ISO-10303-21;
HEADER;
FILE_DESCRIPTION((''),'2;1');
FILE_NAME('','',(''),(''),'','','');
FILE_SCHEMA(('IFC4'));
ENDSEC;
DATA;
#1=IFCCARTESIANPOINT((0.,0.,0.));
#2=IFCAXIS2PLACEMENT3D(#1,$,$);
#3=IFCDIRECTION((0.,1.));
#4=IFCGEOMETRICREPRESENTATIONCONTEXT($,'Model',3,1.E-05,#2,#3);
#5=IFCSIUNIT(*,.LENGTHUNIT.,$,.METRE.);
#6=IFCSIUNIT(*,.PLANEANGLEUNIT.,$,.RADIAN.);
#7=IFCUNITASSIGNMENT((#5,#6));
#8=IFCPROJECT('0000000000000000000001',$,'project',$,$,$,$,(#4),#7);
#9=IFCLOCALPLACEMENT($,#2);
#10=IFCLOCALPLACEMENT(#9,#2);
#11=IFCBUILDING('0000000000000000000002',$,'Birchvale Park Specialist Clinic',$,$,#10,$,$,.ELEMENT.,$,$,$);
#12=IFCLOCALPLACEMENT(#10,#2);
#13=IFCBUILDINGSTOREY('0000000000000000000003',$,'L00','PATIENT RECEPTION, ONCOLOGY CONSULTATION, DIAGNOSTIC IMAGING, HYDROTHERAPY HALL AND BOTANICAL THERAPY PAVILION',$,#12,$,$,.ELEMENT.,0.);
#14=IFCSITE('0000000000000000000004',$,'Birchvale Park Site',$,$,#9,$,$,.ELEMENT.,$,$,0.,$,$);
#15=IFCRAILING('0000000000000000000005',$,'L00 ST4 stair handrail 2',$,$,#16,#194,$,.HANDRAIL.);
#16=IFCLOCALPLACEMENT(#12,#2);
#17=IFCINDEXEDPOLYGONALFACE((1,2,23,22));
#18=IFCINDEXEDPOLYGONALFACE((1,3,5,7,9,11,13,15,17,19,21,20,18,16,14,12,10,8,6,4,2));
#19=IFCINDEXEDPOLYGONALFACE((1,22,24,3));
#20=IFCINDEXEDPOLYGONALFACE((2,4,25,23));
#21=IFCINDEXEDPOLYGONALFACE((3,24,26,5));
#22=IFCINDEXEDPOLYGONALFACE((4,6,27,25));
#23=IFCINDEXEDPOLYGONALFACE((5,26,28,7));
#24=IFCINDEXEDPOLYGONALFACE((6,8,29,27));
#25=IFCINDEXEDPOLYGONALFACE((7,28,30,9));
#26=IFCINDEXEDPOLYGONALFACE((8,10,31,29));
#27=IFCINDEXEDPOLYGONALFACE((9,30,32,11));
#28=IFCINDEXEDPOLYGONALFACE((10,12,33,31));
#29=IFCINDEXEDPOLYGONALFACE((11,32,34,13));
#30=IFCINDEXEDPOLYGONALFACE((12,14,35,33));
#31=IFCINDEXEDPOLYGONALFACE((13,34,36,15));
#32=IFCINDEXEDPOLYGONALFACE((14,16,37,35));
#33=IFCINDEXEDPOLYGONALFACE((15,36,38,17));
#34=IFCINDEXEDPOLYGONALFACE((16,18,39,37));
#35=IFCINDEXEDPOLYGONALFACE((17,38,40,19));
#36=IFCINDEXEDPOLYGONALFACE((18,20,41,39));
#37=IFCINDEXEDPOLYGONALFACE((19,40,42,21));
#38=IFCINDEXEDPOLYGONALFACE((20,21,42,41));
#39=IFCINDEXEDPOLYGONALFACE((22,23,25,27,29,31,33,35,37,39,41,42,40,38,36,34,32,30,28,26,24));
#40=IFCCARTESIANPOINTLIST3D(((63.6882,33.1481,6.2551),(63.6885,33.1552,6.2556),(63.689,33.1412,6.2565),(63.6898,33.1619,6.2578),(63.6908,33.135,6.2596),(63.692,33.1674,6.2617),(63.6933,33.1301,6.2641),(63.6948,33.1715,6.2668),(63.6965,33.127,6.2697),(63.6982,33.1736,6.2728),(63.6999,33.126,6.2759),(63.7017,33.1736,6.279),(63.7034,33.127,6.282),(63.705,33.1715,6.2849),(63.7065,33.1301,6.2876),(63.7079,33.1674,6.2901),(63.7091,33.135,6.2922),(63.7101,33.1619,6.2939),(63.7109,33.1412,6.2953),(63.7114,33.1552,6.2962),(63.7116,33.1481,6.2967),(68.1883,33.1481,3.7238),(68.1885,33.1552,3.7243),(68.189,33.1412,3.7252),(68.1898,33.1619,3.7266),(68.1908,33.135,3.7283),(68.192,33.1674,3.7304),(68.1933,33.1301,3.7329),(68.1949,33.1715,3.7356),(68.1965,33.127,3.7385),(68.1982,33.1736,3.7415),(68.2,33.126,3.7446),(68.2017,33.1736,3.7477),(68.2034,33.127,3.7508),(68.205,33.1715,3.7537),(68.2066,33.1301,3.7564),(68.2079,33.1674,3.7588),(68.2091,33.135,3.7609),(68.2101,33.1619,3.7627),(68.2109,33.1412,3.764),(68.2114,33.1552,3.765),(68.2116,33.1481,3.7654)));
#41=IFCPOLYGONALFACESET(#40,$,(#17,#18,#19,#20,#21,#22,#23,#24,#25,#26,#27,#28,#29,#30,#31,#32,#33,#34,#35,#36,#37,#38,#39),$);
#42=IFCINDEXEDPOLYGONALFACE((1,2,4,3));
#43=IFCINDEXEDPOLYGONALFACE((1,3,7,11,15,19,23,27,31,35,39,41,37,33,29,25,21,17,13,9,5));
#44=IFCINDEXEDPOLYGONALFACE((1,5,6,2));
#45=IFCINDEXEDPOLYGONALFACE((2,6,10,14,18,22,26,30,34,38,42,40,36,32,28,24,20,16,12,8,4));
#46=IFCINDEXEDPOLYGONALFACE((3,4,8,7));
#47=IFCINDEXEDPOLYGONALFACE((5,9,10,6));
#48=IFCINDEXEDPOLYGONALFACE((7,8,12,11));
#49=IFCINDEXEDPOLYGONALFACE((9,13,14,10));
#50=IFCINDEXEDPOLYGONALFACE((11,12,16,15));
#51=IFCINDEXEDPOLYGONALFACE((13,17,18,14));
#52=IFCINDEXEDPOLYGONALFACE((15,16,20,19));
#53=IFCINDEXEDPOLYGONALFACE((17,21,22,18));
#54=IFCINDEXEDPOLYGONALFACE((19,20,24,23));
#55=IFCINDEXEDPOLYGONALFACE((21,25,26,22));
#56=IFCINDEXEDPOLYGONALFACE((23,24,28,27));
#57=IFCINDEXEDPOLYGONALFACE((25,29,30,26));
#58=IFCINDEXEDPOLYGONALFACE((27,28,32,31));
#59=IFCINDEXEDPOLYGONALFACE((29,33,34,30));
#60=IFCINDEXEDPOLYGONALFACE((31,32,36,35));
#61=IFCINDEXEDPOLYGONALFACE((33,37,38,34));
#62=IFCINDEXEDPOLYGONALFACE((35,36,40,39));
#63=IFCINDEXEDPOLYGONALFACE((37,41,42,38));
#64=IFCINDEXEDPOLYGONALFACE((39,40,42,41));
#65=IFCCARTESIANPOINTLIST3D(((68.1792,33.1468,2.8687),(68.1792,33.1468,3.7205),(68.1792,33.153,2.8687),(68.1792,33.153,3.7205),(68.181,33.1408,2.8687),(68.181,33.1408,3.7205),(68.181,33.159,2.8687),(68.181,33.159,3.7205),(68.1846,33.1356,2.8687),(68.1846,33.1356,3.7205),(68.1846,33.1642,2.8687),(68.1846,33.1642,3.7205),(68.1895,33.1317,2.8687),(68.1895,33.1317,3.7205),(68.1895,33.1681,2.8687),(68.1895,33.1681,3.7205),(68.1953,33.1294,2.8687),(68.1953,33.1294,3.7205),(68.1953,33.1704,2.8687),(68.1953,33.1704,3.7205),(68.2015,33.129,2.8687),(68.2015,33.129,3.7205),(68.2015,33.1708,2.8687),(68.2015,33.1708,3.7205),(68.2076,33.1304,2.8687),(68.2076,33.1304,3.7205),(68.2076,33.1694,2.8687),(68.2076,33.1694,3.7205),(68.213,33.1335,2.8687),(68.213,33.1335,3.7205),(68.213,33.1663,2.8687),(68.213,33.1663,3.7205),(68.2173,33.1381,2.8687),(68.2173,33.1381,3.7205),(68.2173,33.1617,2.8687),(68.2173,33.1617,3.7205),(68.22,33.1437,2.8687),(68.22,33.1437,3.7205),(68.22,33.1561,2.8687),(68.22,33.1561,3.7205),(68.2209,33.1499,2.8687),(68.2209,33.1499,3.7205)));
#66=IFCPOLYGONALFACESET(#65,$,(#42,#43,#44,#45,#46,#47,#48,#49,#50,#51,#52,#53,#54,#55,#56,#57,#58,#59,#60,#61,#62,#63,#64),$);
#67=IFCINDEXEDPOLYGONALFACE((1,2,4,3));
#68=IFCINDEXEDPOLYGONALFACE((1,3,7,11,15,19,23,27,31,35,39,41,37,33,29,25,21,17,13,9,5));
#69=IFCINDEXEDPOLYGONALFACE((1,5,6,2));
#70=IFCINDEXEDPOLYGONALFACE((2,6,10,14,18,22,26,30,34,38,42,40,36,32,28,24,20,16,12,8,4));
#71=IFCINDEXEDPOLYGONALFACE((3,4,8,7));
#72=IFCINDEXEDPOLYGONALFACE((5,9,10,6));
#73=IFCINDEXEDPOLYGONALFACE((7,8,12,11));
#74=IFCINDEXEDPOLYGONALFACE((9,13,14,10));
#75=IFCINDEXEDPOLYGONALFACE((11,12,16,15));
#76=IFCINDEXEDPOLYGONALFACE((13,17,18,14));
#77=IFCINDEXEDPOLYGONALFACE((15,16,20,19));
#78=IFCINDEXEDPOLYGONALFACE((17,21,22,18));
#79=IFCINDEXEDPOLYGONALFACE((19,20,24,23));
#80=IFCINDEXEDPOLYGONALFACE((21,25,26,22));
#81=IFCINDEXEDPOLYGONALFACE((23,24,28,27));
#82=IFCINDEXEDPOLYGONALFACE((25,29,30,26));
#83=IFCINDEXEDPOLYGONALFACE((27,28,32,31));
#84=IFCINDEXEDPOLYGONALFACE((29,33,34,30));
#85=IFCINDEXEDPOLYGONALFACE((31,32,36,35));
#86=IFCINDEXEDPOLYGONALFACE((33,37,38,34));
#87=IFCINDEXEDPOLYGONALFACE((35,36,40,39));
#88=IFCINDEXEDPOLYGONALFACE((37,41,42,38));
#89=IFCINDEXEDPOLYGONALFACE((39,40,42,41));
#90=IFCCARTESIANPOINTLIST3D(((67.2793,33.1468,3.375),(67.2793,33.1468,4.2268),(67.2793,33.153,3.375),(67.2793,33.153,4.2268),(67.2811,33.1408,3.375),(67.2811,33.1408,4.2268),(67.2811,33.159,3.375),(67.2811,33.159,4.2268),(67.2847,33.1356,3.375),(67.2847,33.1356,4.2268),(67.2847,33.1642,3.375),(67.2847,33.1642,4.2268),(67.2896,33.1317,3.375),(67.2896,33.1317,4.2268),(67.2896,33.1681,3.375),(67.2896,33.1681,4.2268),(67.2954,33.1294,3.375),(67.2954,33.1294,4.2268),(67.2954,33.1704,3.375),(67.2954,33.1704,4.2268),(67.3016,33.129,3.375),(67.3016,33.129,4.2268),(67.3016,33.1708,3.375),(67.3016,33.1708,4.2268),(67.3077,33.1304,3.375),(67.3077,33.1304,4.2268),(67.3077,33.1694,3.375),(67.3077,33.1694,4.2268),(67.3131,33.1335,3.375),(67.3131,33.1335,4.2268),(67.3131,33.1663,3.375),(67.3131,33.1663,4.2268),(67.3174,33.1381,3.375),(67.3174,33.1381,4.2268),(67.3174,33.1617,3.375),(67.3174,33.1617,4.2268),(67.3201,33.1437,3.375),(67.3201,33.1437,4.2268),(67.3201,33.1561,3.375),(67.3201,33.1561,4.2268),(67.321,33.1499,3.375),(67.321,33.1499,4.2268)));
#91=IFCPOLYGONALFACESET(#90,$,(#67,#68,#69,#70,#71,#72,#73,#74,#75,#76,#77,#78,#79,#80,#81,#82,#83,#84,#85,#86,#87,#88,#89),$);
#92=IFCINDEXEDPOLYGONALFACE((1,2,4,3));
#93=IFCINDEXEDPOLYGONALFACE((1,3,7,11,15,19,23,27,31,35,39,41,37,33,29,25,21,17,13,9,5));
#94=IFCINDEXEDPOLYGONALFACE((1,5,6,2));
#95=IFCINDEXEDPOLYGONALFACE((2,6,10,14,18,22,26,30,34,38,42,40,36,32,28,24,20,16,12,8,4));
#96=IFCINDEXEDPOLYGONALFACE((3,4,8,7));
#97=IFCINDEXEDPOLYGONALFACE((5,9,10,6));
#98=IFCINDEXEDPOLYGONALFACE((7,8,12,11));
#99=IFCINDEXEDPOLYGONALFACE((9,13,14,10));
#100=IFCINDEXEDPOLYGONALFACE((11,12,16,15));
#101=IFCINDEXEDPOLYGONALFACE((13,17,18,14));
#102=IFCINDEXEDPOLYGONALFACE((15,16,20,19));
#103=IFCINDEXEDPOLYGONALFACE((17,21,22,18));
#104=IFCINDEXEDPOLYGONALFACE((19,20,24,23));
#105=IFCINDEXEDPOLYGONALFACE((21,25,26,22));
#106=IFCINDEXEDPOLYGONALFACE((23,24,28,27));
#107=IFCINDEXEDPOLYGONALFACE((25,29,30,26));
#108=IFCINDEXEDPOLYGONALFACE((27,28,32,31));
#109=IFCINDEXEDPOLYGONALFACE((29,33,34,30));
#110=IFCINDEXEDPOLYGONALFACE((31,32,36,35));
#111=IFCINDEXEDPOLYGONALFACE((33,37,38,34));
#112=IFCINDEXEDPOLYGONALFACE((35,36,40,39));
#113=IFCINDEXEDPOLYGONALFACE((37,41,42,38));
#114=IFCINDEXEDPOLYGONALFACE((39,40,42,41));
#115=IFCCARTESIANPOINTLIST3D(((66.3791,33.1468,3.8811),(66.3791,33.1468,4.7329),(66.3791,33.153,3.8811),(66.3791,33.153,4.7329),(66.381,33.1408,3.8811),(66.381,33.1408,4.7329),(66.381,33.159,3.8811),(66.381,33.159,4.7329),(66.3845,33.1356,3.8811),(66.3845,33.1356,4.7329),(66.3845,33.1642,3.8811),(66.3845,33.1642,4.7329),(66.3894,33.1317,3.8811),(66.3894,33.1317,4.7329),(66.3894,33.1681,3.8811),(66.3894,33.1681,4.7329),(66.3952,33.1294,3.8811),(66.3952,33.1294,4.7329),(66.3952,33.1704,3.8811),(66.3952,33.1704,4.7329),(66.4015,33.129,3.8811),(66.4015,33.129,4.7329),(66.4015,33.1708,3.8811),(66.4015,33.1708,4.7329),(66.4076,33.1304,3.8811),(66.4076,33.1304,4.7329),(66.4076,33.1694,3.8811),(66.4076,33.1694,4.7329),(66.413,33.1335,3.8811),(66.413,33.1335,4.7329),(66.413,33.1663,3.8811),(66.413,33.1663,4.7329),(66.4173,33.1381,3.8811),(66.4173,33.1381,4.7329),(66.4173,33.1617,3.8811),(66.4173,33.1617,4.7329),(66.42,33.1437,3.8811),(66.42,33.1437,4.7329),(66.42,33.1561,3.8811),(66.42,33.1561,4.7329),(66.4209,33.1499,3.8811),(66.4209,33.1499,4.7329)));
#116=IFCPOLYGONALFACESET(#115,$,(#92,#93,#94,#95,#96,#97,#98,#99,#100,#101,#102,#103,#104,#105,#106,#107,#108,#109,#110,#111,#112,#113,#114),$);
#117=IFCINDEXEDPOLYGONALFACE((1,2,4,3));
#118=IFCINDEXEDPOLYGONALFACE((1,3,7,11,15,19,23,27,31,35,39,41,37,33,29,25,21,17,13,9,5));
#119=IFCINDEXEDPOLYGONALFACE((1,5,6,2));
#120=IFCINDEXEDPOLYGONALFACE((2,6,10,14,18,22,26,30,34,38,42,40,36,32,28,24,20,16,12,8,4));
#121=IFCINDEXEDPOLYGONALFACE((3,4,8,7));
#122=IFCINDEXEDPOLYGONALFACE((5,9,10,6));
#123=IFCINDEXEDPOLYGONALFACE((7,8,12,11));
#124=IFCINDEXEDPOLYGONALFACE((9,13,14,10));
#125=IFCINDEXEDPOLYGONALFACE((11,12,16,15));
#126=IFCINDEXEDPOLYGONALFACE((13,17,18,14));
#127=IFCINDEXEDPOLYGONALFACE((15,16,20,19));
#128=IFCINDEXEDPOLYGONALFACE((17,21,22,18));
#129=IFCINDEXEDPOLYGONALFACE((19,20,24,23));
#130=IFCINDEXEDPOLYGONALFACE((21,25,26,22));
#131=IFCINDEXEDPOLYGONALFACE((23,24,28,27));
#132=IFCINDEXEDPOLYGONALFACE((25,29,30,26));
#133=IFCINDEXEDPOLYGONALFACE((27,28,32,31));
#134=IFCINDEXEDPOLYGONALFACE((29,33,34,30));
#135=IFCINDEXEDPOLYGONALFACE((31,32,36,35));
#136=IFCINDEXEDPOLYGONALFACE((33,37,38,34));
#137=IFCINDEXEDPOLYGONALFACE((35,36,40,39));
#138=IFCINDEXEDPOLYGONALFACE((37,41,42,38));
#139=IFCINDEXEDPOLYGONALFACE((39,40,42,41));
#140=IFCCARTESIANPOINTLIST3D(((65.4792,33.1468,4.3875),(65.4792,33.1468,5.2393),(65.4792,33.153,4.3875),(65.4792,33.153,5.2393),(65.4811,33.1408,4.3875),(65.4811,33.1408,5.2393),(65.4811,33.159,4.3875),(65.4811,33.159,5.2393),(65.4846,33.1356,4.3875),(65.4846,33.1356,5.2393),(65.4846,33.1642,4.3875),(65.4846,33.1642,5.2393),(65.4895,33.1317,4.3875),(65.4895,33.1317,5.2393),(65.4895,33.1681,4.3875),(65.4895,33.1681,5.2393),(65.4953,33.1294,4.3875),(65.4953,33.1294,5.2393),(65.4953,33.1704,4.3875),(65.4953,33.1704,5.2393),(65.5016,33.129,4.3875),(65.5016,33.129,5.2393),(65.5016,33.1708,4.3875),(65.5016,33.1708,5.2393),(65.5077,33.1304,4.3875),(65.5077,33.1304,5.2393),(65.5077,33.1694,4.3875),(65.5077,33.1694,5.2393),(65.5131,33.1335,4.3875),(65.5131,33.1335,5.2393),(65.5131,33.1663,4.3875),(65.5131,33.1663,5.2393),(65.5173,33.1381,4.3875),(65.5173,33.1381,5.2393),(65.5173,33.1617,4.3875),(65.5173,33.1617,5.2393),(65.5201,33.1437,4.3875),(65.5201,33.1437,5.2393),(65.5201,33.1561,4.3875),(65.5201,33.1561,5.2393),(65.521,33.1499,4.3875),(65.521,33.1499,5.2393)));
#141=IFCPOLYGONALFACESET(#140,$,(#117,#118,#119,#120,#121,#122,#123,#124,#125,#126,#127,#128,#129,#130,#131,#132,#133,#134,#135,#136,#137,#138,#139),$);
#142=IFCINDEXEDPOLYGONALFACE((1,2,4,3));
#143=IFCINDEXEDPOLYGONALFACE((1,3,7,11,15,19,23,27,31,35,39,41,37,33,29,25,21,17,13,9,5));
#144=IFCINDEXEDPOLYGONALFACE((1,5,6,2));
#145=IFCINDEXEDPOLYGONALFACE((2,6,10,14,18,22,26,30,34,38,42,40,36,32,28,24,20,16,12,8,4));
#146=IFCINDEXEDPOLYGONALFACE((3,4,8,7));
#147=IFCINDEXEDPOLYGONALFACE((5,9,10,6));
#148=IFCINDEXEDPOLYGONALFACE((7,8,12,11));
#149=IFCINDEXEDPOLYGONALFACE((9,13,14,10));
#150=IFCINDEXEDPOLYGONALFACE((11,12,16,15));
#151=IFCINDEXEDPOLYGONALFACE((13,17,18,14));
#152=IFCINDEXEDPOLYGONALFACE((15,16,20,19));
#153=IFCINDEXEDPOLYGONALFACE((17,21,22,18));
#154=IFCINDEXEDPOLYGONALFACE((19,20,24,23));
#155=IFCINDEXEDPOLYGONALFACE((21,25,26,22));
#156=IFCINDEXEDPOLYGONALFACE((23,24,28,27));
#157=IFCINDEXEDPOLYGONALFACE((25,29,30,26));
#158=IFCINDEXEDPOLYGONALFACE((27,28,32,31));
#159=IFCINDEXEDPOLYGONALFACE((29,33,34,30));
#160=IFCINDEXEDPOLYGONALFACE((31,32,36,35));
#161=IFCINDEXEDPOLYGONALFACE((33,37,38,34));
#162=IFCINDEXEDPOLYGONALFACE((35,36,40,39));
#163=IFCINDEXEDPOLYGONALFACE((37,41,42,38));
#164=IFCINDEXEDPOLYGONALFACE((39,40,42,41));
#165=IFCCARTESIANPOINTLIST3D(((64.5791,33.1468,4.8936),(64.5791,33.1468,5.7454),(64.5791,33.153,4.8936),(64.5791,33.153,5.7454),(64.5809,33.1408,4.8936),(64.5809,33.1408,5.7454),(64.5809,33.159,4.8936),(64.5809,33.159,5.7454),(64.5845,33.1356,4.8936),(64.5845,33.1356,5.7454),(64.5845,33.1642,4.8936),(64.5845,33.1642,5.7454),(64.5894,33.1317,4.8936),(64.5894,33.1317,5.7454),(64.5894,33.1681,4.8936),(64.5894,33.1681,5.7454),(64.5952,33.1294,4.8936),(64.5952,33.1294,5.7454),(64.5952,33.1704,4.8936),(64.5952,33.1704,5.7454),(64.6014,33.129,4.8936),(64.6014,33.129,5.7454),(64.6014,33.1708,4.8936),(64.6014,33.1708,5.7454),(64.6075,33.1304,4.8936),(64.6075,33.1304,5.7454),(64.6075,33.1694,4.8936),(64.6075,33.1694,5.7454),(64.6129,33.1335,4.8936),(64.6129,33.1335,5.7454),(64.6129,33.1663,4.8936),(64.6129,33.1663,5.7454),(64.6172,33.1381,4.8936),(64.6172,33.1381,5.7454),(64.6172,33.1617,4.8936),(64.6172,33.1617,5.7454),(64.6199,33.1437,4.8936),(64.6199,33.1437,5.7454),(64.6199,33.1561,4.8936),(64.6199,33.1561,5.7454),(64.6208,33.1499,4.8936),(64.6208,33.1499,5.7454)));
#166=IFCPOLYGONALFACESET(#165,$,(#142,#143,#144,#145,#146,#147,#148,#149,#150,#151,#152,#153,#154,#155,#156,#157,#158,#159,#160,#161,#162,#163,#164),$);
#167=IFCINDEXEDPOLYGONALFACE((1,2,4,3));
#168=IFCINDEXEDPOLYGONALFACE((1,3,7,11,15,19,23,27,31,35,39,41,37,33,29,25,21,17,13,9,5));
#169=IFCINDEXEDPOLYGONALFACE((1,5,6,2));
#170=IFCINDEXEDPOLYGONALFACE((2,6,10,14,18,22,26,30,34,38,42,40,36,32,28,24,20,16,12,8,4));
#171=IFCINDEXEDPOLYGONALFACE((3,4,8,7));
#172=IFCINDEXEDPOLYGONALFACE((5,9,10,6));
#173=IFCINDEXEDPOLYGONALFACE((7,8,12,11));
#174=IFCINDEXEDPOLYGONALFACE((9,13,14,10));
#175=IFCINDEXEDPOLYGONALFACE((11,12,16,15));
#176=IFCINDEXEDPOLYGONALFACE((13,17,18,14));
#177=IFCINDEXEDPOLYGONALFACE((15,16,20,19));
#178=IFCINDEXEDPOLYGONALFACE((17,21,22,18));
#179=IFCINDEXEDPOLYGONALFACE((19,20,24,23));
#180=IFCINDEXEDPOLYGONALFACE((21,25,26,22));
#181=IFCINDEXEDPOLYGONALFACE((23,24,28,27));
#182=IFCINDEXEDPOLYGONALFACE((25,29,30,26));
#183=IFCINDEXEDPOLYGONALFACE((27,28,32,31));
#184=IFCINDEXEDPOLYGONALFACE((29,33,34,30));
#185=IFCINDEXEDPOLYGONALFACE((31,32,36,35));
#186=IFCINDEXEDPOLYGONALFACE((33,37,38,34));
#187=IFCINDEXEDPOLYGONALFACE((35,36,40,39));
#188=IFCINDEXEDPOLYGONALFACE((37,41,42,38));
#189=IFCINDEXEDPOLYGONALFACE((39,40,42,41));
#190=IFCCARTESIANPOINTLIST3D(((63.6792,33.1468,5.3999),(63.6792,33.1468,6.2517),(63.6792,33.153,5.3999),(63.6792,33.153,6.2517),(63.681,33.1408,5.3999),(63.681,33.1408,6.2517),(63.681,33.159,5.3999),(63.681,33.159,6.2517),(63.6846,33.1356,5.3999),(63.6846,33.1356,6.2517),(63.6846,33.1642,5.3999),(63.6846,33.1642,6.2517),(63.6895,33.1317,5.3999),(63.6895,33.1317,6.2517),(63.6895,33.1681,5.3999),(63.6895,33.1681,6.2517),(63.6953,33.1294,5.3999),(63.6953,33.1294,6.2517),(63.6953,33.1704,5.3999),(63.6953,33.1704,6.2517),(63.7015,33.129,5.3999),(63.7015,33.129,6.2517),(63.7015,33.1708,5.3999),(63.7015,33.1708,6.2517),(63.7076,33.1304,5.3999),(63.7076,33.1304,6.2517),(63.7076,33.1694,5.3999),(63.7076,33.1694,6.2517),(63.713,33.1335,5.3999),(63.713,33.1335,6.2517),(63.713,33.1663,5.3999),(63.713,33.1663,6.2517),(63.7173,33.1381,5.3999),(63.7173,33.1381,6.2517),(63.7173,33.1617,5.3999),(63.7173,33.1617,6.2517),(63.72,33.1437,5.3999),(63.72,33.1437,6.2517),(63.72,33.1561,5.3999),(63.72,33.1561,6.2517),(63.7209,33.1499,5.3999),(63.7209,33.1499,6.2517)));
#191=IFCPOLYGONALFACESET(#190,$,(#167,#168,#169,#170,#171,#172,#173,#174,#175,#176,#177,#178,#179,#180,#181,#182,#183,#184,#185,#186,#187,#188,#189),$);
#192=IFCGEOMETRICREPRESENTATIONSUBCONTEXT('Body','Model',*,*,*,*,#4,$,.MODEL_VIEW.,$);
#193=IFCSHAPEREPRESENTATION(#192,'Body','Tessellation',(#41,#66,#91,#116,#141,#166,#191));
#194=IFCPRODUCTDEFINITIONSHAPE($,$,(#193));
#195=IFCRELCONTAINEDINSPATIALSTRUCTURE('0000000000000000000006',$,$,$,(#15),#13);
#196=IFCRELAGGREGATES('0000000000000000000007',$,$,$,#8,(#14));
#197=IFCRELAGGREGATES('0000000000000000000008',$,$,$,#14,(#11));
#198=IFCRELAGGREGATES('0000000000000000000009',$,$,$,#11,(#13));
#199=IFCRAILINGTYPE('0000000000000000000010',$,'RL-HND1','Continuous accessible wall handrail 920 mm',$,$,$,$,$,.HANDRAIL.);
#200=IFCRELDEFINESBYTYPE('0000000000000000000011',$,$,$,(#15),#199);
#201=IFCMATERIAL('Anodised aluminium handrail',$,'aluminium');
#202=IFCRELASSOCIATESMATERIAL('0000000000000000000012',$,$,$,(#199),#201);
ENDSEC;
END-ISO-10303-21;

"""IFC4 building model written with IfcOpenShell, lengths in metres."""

from ifc_helpers import new_model, si_unit, direction, frame, origin, origin_2d, place, context, subcontext, project, spatial, circle, extrude, material, type_object, element, save


model = new_model("IFC4")

# Units and contexts
model_context = context("Model", 3, precision=1e-05, world=origin(), true_north=direction((0.0, 1.0)))
body_context = subcontext(model_context, "Body", "Model", "MODEL_VIEW")
ifc_project = project(units=[si_unit("LENGTHUNIT", "METRE"), si_unit("PLANEANGLEUNIT", "RADIAN")], contexts=[model_context])

# Site, building, storey
site_placement = place(None, origin())
site = spatial("IfcSite", under=ifc_project, at=site_placement, Name="Birchvale Park Site", CompositionType="ELEMENT", RefElevation=0.0)
building_placement = place(site_placement, origin())
building = spatial("IfcBuilding", under=site, at=building_placement, Name="Birchvale Park Specialist Clinic", CompositionType="ELEMENT")
storey_placement = place(building_placement, origin())
storey = spatial("IfcBuildingStorey", under=building, at=storey_placement, Name="L00", Description="PATIENT RECEPTION, ONCOLOGY CONSULTATION, DIAGNOSTIC IMAGING, HYDROTHERAPY HALL AND BOTANICAL THERAPY PAVILION", CompositionType="ELEMENT", Elevation=0.0)

# Railing
ifc_material_1 = material(Name="Anodised aluminium handrail", Category="aluminium")
railing_type_1 = type_object("IfcRailingType", Name="RL-HND1", Description="Continuous accessible wall handrail 920 mm", PredefinedType="HANDRAIL", material=ifc_material_1)
for number, where, name in (
    (1, (68.2, 33.1499, 2.8687), "L00 ST4 stair handrail 2"),
):
    element("IfcRailing", number, at=place(storey_placement, frame(where)), inside=storey, type_object=railing_type_1, Name=name, PredefinedType="HANDRAIL", context=body_context, shape_type="SweptSolid", body=[
        extrude(circle(Radius=0.0239, at=origin_2d()), frame((0.0, 0.0, 0.876), z_axis=(-0.871576, 0.0, 0.490261), x_axis=(0.0, -1.0, 0.0)), (0.0, 0.0, 1.0), 5.1631),
        extrude(circle(Radius=0.021, at=origin_2d()), origin(), (0.0, 0.0, 1.0), 0.8518),
        extrude(circle(Radius=0.021, at=origin_2d()), frame((-0.8999, 0.0, 0.5063)), (0.0, 0.0, 1.0), 0.8518),
        extrude(circle(Radius=0.021, at=origin_2d()), frame((-1.8, 0.0, 1.0125)), (0.0, 0.0, 1.0), 0.8518),
        extrude(circle(Radius=0.021, at=origin_2d()), frame((-2.7, 0.0, 1.5188)), (0.0, 0.0, 1.0), 0.8518),
        extrude(circle(Radius=0.021, at=origin_2d()), frame((-3.6001, 0.0, 2.0249)), (0.0, 0.0, 1.0), 0.8518),
        extrude(circle(Radius=0.021, at=origin_2d()), frame((-4.5, 0.0, 2.5312)), (0.0, 0.0, 1.0), 0.8518),
    ])

save(model, "model.ifc")
